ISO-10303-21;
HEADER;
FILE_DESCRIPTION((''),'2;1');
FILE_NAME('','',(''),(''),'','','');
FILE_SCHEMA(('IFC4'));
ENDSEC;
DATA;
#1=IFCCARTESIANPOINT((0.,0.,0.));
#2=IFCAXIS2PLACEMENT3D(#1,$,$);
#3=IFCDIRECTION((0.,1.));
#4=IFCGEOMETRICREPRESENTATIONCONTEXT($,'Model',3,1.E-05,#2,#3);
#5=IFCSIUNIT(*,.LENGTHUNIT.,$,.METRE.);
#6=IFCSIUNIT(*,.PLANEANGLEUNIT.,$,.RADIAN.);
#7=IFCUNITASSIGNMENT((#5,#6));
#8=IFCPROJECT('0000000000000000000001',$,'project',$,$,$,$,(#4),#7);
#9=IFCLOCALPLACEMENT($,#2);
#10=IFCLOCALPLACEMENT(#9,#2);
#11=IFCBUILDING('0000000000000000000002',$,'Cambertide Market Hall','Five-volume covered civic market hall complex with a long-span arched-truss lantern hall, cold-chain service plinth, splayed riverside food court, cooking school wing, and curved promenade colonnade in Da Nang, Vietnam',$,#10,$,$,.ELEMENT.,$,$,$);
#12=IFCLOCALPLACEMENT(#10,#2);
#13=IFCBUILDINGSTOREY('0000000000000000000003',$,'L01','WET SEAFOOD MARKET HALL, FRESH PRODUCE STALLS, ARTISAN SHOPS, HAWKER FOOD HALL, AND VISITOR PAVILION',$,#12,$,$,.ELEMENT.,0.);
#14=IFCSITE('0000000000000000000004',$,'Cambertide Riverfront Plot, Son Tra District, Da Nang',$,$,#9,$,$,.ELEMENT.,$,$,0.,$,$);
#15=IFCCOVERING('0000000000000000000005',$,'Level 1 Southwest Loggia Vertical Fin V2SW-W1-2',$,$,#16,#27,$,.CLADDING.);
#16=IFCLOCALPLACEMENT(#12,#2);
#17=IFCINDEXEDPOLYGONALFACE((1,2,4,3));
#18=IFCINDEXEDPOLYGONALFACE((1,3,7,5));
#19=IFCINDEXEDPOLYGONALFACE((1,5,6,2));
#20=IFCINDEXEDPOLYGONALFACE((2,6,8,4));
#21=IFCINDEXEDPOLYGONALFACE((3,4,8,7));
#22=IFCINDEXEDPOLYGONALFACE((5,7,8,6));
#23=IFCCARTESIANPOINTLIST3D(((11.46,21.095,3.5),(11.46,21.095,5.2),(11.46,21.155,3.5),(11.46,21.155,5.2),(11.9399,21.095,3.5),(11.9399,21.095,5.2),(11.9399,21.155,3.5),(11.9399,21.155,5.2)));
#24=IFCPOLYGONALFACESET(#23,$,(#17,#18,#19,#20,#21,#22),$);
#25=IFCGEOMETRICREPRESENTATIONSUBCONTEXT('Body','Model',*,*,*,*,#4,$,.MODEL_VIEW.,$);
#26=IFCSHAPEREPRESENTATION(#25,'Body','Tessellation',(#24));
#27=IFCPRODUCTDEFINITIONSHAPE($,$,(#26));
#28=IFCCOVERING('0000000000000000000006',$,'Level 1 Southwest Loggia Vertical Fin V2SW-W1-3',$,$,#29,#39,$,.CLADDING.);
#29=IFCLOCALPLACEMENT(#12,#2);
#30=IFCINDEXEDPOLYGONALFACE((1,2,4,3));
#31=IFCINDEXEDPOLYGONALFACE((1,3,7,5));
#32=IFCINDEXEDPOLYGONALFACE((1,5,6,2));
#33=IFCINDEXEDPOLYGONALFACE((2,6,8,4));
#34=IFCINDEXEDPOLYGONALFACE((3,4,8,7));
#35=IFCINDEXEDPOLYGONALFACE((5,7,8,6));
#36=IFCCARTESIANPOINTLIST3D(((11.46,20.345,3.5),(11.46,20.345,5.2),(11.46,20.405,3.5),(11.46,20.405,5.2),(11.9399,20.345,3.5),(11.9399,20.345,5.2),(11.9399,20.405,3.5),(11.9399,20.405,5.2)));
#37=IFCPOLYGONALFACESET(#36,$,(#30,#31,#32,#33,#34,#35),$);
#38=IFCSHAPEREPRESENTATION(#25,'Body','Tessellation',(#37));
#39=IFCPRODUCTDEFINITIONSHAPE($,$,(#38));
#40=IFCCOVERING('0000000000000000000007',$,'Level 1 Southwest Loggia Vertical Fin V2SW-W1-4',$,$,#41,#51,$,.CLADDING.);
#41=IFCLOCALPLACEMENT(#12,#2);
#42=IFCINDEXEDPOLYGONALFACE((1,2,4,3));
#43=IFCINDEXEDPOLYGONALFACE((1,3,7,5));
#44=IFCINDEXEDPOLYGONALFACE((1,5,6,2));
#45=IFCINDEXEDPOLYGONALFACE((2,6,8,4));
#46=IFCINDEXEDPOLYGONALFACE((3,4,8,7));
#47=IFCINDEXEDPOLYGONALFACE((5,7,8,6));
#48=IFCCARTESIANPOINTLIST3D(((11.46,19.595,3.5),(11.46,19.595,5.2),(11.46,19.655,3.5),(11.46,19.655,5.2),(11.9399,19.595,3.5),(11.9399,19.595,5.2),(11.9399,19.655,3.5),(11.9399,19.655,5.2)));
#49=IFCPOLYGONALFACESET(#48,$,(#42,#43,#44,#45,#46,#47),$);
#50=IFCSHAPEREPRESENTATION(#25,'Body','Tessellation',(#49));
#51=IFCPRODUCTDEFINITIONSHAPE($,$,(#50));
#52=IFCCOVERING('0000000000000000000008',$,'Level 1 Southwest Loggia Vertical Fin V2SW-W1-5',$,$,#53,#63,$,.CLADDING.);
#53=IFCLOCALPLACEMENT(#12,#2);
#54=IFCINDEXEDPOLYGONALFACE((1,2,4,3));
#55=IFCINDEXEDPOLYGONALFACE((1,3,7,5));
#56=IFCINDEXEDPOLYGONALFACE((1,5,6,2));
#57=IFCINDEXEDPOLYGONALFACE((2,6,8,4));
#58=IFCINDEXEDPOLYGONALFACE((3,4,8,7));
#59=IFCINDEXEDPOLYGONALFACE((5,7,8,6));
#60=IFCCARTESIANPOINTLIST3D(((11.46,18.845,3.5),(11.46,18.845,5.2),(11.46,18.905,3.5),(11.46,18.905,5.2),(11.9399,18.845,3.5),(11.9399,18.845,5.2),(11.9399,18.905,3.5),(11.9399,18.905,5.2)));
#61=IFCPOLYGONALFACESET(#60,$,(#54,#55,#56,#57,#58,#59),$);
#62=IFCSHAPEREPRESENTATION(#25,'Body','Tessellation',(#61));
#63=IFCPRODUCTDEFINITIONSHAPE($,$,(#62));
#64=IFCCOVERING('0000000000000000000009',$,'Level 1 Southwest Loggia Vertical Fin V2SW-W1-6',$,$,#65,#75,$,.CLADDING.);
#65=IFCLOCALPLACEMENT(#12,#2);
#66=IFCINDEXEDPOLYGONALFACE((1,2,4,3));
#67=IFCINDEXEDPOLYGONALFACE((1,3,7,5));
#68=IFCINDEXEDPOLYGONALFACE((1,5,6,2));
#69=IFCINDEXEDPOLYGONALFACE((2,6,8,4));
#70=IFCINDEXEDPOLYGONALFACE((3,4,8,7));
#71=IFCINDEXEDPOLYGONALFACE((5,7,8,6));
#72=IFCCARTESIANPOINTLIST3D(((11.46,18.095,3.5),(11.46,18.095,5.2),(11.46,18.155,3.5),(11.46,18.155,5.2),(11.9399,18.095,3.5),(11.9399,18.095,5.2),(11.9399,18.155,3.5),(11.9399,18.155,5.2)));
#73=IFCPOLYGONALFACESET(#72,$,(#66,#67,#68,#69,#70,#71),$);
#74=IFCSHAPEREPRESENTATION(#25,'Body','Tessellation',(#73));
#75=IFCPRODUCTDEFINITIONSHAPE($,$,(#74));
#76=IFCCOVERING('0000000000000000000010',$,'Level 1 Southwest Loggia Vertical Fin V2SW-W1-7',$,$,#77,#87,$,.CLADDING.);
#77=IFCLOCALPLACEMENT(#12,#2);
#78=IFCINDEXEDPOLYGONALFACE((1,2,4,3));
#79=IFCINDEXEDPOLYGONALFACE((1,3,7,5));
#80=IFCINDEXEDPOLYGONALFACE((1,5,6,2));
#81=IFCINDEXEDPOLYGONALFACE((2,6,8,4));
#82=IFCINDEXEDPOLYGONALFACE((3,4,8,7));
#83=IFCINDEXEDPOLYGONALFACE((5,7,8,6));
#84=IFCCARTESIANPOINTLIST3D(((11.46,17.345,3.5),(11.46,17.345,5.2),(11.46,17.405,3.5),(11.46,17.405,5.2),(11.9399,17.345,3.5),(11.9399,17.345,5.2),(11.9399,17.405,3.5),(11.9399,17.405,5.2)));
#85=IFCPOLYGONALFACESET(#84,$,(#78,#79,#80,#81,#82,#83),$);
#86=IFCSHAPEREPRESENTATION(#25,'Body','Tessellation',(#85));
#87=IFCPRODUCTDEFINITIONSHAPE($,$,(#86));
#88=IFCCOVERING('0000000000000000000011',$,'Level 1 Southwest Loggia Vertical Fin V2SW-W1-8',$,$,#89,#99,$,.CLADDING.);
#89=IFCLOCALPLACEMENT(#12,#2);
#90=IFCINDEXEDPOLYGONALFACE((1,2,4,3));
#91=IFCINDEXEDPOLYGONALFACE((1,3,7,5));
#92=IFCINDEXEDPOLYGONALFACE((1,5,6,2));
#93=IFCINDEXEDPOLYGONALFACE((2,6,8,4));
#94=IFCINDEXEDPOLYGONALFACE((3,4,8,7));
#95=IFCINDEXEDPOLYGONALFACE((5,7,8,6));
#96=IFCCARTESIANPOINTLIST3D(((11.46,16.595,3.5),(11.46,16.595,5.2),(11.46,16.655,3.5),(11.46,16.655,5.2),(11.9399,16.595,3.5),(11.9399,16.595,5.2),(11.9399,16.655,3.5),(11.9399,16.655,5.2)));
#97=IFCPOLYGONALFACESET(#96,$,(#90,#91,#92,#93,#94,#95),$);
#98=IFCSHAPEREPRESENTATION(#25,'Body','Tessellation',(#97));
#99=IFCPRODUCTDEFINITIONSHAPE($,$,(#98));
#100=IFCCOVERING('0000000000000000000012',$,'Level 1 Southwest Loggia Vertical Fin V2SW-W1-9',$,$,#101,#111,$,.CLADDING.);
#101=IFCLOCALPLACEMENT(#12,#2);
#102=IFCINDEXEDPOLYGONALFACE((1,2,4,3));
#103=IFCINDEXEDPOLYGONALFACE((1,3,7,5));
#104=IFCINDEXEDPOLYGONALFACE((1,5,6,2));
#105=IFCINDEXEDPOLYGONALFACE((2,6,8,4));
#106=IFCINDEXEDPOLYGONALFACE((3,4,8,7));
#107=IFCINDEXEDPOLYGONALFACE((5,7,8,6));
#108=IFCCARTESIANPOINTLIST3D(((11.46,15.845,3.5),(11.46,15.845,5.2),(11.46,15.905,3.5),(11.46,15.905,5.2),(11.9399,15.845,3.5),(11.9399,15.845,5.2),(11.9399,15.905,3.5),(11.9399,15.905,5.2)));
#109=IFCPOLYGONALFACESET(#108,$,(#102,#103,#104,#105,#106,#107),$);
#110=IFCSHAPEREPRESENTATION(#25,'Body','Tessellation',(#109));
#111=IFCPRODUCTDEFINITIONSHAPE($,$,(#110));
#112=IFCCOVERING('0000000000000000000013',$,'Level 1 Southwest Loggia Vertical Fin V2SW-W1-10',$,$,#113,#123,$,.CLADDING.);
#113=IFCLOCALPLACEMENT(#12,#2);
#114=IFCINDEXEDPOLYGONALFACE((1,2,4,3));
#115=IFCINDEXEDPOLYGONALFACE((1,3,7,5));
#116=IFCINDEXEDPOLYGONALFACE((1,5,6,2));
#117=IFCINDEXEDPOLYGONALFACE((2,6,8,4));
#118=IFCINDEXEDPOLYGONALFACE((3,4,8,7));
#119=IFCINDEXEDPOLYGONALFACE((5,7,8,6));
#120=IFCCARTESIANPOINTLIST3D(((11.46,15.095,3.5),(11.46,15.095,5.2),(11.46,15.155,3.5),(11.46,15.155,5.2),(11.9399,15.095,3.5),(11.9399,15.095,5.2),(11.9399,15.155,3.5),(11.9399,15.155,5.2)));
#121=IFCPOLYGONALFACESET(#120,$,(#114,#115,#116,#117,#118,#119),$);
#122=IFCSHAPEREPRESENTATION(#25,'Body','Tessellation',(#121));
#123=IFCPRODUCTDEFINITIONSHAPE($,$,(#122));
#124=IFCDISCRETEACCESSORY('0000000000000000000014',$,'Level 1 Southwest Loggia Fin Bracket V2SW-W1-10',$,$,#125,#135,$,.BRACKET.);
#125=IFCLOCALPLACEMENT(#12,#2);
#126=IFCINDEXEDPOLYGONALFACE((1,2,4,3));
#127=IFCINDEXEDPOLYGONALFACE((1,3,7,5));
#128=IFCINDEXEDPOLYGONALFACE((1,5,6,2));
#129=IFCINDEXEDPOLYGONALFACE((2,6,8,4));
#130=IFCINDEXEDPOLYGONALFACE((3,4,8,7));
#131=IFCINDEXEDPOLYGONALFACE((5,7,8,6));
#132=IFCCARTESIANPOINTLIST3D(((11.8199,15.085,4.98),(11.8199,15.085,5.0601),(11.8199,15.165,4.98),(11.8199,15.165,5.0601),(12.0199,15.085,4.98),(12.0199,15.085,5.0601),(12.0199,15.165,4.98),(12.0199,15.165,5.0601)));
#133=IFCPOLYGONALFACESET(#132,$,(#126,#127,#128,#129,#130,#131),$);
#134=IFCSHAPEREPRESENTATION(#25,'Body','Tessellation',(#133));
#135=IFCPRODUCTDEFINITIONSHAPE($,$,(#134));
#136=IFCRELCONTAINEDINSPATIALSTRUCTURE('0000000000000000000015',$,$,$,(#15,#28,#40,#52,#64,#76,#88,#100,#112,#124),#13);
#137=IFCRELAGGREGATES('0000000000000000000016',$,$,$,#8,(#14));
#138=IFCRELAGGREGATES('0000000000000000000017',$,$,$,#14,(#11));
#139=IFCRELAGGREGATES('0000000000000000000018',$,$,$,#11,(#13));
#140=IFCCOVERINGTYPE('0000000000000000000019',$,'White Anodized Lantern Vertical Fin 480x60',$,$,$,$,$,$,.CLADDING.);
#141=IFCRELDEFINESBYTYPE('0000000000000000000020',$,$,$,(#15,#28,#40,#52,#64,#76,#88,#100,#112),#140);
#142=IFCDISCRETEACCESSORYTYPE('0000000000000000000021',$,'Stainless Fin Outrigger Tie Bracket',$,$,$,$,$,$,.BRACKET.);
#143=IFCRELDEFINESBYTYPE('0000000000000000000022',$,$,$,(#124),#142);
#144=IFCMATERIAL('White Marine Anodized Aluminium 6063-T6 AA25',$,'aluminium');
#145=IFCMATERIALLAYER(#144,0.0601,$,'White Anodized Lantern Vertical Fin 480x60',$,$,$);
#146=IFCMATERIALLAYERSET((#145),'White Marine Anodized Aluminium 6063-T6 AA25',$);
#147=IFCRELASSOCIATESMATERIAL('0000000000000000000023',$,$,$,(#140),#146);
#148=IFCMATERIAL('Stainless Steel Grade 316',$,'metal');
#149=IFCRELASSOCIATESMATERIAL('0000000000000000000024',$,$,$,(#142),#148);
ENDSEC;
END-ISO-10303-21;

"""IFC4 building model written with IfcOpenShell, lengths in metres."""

from ifc_helpers import new_model, si_unit, direction, frame, origin, origin_2d, place, context, subcontext, project, spatial, rectangle, extrude, material, layer, layer_set, type_object, element, save


model = new_model("IFC4")

# Units and contexts
model_context = context("Model", 3, precision=1e-05, world=origin(), true_north=direction((0.0, 1.0)))
body_context = subcontext(model_context, "Body", "Model", "MODEL_VIEW")
ifc_project = project(units=[si_unit("LENGTHUNIT", "METRE"), si_unit("PLANEANGLEUNIT", "RADIAN")], contexts=[model_context])

# Site, building, storey
site_placement = place(None, origin())
site = spatial("IfcSite", under=ifc_project, at=site_placement, Name="Cambertide Riverfront Plot, Son Tra District, Da Nang", CompositionType="ELEMENT", RefElevation=0.0)
building_placement = place(site_placement, origin())
building = spatial("IfcBuilding", under=site, at=building_placement, Name="Cambertide Market Hall", Description="Five-volume covered civic market hall complex with a long-span arched-truss lantern hall, cold-chain service plinth, splayed riverside food court, cooking school wing, and curved promenade colonnade in Da Nang, Vietnam", CompositionType="ELEMENT")
storey_placement = place(building_placement, origin())
storey = spatial("IfcBuildingStorey", under=building, at=storey_placement, Name="L01", Description="WET SEAFOOD MARKET HALL, FRESH PRODUCE STALLS, ARTISAN SHOPS, HAWKER FOOD HALL, AND VISITOR PAVILION", CompositionType="ELEMENT", Elevation=0.0)

# Coverings
ifc_material_1 = material(Name="White Marine Anodized Aluminium 6063-T6 AA25", Category="aluminium")
ifc_layer_1 = layer(ifc_material_1, 0.0601, Name="White Anodized Lantern Vertical Fin 480x60")
ifc_layer_set_1 = layer_set([ifc_layer_1], Name="White Marine Anodized Aluminium 6063-T6 AA25")
covering_type = type_object("IfcCoveringType", Name="White Anodized Lantern Vertical Fin 480x60", PredefinedType="CLADDING", material=ifc_layer_set_1)
for number, where, z_axis, x_axis, name in (
    (1, (11.7, 21.125, 3.5), (0.0, 0.0, 1.0), (0.0, 1.0, 0.0), "Level 1 Southwest Loggia Vertical Fin V2SW-W1-2"),
    (2, (11.7, 20.375, 3.5), (0.0, 0.0, 1.0), (0.0, 1.0, 0.0), "Level 1 Southwest Loggia Vertical Fin V2SW-W1-3"),
    (3, (11.7, 19.625, 3.5), (0.0, 0.0, 1.0), (0.0, 1.0, 0.0), "Level 1 Southwest Loggia Vertical Fin V2SW-W1-4"),
    (4, (11.7, 18.875, 3.5), (0.0, 0.0, 1.0), (0.0, 1.0, 0.0), "Level 1 Southwest Loggia Vertical Fin V2SW-W1-5"),
    (5, (11.7, 18.125, 3.5), (0.0, 0.0, 1.0), (0.0, 1.0, 0.0), "Level 1 Southwest Loggia Vertical Fin V2SW-W1-6"),
    (6, (11.7, 17.375, 3.5), (0.0, 0.0, 1.0), (0.0, 1.0, 0.0), "Level 1 Southwest Loggia Vertical Fin V2SW-W1-7"),
    (7, (11.7, 16.625, 3.5), (0.0, 0.0, 1.0), (0.0, 1.0, 0.0), "Level 1 Southwest Loggia Vertical Fin V2SW-W1-8"),
    (8, (11.7, 15.875, 3.5), (0.0, 0.0, 1.0), (0.0, 1.0, 0.0), "Level 1 Southwest Loggia Vertical Fin V2SW-W1-9"),
    (9, (11.7, 15.125, 3.5), (0.0, 0.0, 1.0), (0.0, 1.0, 0.0), "Level 1 Southwest Loggia Vertical Fin V2SW-W1-10"),
):
    element("IfcCovering", number, at=place(storey_placement, frame(where, z_axis=z_axis, x_axis=x_axis)), inside=storey, type_object=covering_type, Name=name, PredefinedType="CLADDING", context=body_context, shape_type="SweptSolid", body=[
        extrude(rectangle(XDim=0.0601, YDim=0.48, at=origin_2d()), origin(), (0.0, 0.0, 1.0), 1.7),
    ])

# Discrete accessory
ifc_material_2 = material(Name="Stainless Steel Grade 316", Category="metal")
discrete_accessory_type = type_object("IfcDiscreteAccessoryType", Name="Stainless Fin Outrigger Tie Bracket", PredefinedType="BRACKET", material=ifc_material_2)
discrete_accessory_placement = place(storey_placement, frame((11.9199, 15.125, 4.98), z_axis=(0.0, 0.0, 1.0), x_axis=(0.0, 1.0, 0.0)))
element("IfcDiscreteAccessory", 10, at=discrete_accessory_placement, inside=storey, type_object=discrete_accessory_type, Name="Level 1 Southwest Loggia Fin Bracket V2SW-W1-10", PredefinedType="BRACKET", context=body_context, shape_type="SweptSolid", body=[
    extrude(rectangle(XDim=0.0801, YDim=0.2, at=origin_2d()), origin(), (0.0, 0.0, 1.0), 0.0801),
])

save(model, "model.ifc")
